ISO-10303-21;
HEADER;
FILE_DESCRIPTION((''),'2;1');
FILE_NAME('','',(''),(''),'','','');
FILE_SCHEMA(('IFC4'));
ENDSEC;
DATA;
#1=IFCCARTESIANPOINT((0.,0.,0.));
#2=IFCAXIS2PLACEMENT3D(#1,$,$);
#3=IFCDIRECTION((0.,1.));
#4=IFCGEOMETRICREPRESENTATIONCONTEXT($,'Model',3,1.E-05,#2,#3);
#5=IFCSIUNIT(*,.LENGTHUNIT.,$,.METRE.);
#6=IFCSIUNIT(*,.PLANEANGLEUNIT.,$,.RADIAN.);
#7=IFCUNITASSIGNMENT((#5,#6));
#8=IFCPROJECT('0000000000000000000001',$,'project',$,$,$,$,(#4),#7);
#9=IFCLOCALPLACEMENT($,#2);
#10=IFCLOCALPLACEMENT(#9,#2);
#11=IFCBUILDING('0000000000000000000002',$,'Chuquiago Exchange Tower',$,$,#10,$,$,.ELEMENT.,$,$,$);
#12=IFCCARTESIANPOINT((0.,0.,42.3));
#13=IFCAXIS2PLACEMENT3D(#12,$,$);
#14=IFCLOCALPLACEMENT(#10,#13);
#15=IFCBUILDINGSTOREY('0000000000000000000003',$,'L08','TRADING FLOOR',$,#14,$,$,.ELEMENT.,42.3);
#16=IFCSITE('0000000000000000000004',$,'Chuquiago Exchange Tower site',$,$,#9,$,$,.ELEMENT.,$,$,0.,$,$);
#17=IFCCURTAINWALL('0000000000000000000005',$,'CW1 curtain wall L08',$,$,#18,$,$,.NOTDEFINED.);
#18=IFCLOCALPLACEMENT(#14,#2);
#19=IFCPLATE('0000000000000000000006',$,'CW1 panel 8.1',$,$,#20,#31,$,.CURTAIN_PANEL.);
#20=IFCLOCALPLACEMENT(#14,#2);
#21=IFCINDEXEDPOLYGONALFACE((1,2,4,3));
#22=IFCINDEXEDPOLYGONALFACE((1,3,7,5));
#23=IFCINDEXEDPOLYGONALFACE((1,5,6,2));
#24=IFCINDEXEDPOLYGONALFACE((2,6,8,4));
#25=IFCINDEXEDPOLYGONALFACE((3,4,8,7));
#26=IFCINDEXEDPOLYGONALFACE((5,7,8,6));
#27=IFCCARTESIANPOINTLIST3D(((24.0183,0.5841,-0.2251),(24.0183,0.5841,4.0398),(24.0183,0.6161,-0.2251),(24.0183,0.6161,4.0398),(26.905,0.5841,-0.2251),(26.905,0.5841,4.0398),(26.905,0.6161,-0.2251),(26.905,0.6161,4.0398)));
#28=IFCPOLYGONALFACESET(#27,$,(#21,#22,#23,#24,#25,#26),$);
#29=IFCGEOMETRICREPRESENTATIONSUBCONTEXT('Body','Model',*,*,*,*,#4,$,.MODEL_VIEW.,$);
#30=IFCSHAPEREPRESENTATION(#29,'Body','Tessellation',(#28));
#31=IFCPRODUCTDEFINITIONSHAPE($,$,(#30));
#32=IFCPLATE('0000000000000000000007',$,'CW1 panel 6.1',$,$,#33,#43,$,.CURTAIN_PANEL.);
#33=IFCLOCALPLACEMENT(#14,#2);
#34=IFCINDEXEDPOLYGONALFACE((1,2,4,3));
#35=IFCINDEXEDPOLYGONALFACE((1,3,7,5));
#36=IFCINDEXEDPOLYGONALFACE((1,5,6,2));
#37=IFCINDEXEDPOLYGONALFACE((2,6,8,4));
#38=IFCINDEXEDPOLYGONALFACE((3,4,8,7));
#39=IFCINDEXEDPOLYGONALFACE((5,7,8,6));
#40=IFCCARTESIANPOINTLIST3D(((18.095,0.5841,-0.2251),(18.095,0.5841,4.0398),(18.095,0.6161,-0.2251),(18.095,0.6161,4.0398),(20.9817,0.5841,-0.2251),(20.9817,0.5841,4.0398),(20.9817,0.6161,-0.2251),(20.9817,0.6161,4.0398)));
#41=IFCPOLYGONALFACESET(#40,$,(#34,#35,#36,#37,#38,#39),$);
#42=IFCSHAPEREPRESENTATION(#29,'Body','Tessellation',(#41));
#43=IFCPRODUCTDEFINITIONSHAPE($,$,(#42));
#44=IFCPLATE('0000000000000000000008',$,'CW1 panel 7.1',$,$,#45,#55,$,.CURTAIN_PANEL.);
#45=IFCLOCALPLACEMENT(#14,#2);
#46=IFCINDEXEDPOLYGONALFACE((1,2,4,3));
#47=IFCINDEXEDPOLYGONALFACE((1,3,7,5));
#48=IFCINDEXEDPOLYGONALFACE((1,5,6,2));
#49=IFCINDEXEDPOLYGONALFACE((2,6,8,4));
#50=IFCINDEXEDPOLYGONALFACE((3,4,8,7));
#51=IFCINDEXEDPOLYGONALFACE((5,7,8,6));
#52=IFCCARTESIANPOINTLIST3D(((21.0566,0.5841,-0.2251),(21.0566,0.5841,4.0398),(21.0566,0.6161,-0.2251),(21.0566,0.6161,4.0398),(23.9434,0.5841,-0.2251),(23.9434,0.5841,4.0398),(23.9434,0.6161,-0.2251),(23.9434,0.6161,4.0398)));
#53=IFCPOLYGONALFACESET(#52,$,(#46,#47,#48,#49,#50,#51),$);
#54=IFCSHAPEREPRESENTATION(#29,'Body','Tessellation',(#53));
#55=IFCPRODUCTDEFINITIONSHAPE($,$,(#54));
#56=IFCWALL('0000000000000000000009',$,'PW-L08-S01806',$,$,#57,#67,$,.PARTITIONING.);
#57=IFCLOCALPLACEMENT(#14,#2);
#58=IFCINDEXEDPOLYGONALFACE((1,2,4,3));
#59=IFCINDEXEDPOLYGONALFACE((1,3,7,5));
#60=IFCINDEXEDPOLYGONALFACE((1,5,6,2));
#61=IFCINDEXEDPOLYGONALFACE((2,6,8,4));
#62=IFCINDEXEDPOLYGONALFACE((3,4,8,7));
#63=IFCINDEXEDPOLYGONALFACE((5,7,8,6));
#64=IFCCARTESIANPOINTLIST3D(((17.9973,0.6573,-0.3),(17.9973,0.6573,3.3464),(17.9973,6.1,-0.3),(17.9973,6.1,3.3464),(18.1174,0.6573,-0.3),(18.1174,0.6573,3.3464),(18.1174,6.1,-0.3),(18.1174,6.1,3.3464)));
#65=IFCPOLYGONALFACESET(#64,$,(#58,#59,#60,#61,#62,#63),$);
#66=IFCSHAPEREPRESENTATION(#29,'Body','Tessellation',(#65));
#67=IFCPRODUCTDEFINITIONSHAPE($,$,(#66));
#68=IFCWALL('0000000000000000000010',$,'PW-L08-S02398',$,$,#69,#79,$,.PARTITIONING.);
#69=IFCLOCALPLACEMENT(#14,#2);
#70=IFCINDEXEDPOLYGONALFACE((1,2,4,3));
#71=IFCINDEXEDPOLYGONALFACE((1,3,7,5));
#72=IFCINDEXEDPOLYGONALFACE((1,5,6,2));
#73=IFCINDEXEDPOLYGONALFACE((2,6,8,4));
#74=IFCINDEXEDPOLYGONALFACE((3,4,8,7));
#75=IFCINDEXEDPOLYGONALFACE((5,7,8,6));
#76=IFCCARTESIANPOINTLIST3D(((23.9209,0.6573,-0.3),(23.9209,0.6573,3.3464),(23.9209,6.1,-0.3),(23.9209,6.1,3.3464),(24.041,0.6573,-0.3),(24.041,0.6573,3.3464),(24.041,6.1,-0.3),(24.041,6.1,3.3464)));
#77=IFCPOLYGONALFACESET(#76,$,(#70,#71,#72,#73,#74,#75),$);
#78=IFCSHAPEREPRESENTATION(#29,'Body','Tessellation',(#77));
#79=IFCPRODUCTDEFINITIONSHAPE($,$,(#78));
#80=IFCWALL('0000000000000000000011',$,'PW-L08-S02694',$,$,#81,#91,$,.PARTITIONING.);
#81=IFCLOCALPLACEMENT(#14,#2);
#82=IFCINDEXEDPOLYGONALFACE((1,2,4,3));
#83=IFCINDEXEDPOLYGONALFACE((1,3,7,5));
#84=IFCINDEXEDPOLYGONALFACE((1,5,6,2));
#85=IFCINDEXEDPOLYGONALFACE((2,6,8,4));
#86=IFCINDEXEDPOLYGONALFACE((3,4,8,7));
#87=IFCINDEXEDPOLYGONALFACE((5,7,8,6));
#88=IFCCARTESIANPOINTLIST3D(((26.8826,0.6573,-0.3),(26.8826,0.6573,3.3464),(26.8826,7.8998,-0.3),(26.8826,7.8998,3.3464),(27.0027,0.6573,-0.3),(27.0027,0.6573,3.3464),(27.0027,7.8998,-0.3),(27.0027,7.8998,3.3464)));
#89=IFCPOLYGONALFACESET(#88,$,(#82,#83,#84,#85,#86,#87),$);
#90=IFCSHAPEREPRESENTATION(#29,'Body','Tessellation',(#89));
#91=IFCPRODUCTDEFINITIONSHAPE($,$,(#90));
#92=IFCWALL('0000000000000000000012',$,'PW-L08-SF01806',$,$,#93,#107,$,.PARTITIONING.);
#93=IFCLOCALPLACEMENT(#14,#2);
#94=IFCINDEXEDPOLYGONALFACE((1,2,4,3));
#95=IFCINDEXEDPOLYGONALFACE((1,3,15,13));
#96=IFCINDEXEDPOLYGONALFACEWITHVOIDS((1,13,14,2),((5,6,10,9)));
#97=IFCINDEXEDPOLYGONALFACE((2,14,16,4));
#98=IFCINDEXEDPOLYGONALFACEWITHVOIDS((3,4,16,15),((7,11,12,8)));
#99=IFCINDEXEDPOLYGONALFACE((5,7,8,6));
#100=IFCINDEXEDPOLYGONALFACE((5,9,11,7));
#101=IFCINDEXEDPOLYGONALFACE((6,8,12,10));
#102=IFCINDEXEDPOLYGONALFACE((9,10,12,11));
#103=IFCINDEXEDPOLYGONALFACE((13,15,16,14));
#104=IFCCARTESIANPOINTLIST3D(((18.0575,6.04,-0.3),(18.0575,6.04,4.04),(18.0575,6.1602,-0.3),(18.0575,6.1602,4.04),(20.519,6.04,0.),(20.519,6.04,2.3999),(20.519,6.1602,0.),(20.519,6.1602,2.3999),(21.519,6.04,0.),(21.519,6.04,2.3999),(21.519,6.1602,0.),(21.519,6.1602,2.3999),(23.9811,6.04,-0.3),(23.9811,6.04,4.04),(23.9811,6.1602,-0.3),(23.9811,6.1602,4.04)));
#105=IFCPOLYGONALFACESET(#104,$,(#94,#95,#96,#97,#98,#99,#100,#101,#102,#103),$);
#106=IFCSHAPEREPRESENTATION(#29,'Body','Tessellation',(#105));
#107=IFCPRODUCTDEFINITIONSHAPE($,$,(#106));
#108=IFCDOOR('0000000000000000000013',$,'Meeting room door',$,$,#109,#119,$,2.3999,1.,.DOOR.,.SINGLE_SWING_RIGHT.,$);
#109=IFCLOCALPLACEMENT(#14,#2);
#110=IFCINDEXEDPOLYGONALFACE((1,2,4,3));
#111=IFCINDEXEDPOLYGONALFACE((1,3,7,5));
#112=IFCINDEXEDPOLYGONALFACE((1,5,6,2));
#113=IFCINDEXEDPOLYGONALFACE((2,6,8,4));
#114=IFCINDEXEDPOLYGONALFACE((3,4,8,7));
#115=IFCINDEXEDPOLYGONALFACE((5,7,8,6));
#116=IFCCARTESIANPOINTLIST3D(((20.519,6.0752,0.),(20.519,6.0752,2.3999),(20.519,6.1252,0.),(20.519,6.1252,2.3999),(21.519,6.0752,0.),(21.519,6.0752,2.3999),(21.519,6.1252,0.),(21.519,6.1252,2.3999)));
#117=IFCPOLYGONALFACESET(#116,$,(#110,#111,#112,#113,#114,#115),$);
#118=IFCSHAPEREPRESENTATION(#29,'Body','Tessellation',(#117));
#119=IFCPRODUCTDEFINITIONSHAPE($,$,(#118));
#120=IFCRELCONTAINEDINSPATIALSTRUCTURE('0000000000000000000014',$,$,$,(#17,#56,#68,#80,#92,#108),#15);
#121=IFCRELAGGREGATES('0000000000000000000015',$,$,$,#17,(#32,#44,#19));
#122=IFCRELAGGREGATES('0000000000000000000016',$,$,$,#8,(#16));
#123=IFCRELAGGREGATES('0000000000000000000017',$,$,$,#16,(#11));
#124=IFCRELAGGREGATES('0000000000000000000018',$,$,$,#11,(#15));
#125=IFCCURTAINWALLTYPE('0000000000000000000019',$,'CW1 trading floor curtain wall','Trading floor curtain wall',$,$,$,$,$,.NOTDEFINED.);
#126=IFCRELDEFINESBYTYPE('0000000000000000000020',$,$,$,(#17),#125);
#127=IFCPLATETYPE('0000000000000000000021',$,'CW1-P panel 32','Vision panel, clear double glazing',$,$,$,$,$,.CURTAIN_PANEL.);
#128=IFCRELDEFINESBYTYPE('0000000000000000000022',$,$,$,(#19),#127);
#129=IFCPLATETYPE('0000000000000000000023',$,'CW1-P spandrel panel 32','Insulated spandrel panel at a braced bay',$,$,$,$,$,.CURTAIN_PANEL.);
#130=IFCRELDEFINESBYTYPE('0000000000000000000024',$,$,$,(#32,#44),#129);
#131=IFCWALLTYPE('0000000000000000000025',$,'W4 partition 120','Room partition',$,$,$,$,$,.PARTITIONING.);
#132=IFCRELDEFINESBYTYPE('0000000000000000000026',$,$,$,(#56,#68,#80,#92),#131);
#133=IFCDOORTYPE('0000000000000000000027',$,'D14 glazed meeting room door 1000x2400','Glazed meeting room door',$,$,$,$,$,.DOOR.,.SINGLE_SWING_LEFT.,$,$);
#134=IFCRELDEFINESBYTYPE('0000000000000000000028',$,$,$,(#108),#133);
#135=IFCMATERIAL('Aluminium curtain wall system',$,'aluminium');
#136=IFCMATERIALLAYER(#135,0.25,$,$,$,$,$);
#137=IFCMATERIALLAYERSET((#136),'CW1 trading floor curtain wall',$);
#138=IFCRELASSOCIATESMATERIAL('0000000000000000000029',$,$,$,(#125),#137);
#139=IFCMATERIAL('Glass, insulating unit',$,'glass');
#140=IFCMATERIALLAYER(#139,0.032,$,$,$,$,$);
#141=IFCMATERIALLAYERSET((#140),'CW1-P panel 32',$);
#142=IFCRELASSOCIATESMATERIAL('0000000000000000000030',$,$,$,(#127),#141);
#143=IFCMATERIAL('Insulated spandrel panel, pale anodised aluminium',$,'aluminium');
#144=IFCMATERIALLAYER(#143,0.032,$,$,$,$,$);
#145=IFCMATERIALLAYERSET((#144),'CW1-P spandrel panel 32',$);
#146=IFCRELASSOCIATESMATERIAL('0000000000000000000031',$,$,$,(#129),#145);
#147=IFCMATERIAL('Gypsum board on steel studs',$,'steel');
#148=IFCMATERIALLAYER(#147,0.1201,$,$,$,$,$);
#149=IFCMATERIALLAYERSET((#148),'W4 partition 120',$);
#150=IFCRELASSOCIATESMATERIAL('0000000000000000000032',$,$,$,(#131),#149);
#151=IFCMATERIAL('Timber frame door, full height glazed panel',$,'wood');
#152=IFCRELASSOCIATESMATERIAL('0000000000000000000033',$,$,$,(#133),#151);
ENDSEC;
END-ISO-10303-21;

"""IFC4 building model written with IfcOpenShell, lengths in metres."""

from ifc_helpers import new_model, si_unit, direction, frame, frame_2d, origin, origin_2d, place, context, subcontext, project, spatial, rectangle, extrude, material, layer, layer_set, type_object, element, fill, aggregate, save


model = new_model("IFC4")

# Units and contexts
model_context = context("Model", 3, precision=1e-05, world=origin(), true_north=direction((0.0, 1.0)))
body_context = subcontext(model_context, "Body", "Model", "MODEL_VIEW")
ifc_project = project(units=[si_unit("LENGTHUNIT", "METRE"), si_unit("PLANEANGLEUNIT", "RADIAN")], contexts=[model_context])

# Site, building, storey
site_placement = place(None, origin())
site = spatial("IfcSite", under=ifc_project, at=site_placement, Name="Chuquiago Exchange Tower site", CompositionType="ELEMENT", RefElevation=0.0)
building_placement = place(site_placement, origin())
building = spatial("IfcBuilding", under=site, at=building_placement, Name="Chuquiago Exchange Tower", CompositionType="ELEMENT")
storey_placement = place(building_placement, frame((0.0, 0.0, 42.3)))
storey = spatial("IfcBuildingStorey", under=building, at=storey_placement, Name="L08", Description="TRADING FLOOR", CompositionType="ELEMENT", Elevation=42.3)

# Curtain wall
ifc_material_1 = material(Name="Aluminium curtain wall system", Category="aluminium")
ifc_layer_1 = layer(ifc_material_1, 0.25)
ifc_layer_set_1 = layer_set([ifc_layer_1], Name="CW1 trading floor curtain wall")
curtain_wall_type = type_object("IfcCurtainWallType", Name="CW1 trading floor curtain wall", Description="Trading floor curtain wall", PredefinedType="NOTDEFINED", material=ifc_layer_set_1)
curtain_wall_placement = place(storey_placement, origin())
curtain_wall = element("IfcCurtainWall", 1, at=curtain_wall_placement, inside=storey, type_object=curtain_wall_type, Name="CW1 curtain wall L08", PredefinedType="NOTDEFINED")

# Plates
ifc_material_2 = material(Name="Glass, insulating unit", Category="glass")
ifc_layer_2 = layer(ifc_material_2, 0.032)
ifc_layer_set_2 = layer_set([ifc_layer_2], Name="CW1-P panel 32")
plate_type_1 = type_object("IfcPlateType", Name="CW1-P panel 32", Description="Vision panel, clear double glazing", PredefinedType="CURTAIN_PANEL", material=ifc_layer_set_2)
plate_1_placement = place(storey_placement, frame((25.4617, 0.6001, -0.2251), z_axis=(0.0, 0.0, 1.0), x_axis=(1.0, 0.0, 0.0)))
plate_1 = element("IfcPlate", 2, at=plate_1_placement, type_object=plate_type_1, Name="CW1 panel 8.1", PredefinedType="CURTAIN_PANEL", context=body_context, shape_type="SweptSolid", body=[
    extrude(rectangle(XDim=2.8867, YDim=0.032, at=origin_2d()), origin(), (0.0, 0.0, 1.0), 4.2649),
])
ifc_material_3 = material(Name="Insulated spandrel panel, pale anodised aluminium", Category="aluminium")
ifc_layer_3 = layer(ifc_material_3, 0.032)
ifc_layer_set_3 = layer_set([ifc_layer_3], Name="CW1-P spandrel panel 32")
plate_type_2 = type_object("IfcPlateType", Name="CW1-P spandrel panel 32", Description="Insulated spandrel panel at a braced bay", PredefinedType="CURTAIN_PANEL", material=ifc_layer_set_3)
plate_2_placement = place(storey_placement, frame((19.5383, 0.6001, -0.2251), z_axis=(0.0, 0.0, 1.0), x_axis=(1.0, 0.0, 0.0)))
plate_2 = element("IfcPlate", 3, at=plate_2_placement, type_object=plate_type_2, Name="CW1 panel 6.1", PredefinedType="CURTAIN_PANEL", context=body_context, shape_type="SweptSolid", body=[
    extrude(rectangle(XDim=2.8867, YDim=0.032, at=origin_2d()), origin(), (0.0, 0.0, 1.0), 4.2649),
])
plate_3_placement = place(storey_placement, frame((22.5, 0.6001, -0.2251), z_axis=(0.0, 0.0, 1.0), x_axis=(1.0, 0.0, 0.0)))
plate_3 = element("IfcPlate", 4, at=plate_3_placement, type_object=plate_type_2, Name="CW1 panel 7.1", PredefinedType="CURTAIN_PANEL", context=body_context, shape_type="SweptSolid", body=[
    extrude(rectangle(XDim=2.8867, YDim=0.032, at=origin_2d()), origin(), (0.0, 0.0, 1.0), 4.2649),
])
aggregate(curtain_wall, [plate_2, plate_3, plate_1])

# Walls
ifc_material_4 = material(Name="Gypsum board on steel studs", Category="steel")
ifc_layer_4 = layer(ifc_material_4, 0.1201)
ifc_layer_set_4 = layer_set([ifc_layer_4], Name="W4 partition 120")
wall_type = type_object("IfcWallType", Name="W4 partition 120", Description="Room partition", PredefinedType="PARTITIONING", material=ifc_layer_set_4)
for number, where, z_axis, x_axis, name in (
    (5, (18.0574, 0.6575, -0.3), (0.0, 0.0, 1.0), (0.0, 1.0, 0.0), "PW-L08-S01806"),
    (6, (23.981, 0.6575, -0.3), (0.0, 0.0, 1.0), (0.0, 1.0, 0.0), "PW-L08-S02398"),
):
    element("IfcWall", number, at=place(storey_placement, frame(where, z_axis=z_axis, x_axis=x_axis)), inside=storey, type_object=wall_type, Name=name, PredefinedType="PARTITIONING", context=body_context, shape_type="SweptSolid", body=[
        extrude(rectangle(XDim=5.4426, YDim=0.1201, at=frame_2d((2.7212, 0.0))), origin(), (0.0, 0.0, 1.0), 3.6465),
    ])
wall_1_placement = place(storey_placement, frame((26.9426, 0.6575, -0.3), z_axis=(0.0, 0.0, 1.0), x_axis=(0.0, 1.0, 0.0)))
element("IfcWall", 7, at=wall_1_placement, inside=storey, type_object=wall_type, Name="PW-L08-S02694", PredefinedType="PARTITIONING", context=body_context, shape_type="SweptSolid", body=[
    extrude(rectangle(XDim=7.2424, YDim=0.1201, at=frame_2d((3.6211, 0.0))), origin(), (0.0, 0.0, 1.0), 3.6465),
])

# Wall, opening, door
wall_2_placement = place(storey_placement, frame((18.0574, 6.1001, -0.3), z_axis=(0.0, 0.0, 1.0), x_axis=(1.0, 0.0, 0.0)))
wall_2 = element("IfcWall", 8, at=wall_2_placement, inside=storey, type_object=wall_type, Name="PW-L08-SF01806", PredefinedType="PARTITIONING", context=body_context, shape_type="SweptSolid", body=[
    extrude(rectangle(XDim=5.9236, YDim=0.1201, at=frame_2d((2.9619, 0.0))), origin(), (0.0, 0.0, 1.0), 4.3401),
])
opening_placement = place(wall_2_placement, frame((2.4617, 0.0, 0.3)))
opening = element("IfcOpeningElement", 9, at=opening_placement, cuts=wall_2, PredefinedType="OPENING", context=body_context, shape_type="SweptSolid", body=[
    extrude(rectangle(XDim=1.0, YDim=2.3999, at=frame_2d((0.5, 1.2))), frame((0.0, 0.0701, 0.0), z_axis=(0.0, -1.0, 0.0), x_axis=(1.0, 0.0, 0.0)), (0.0, 0.0, 1.0), 0.1401),
])
ifc_material_5 = material(Name="Timber frame door, full height glazed panel", Category="wood")
door_type = type_object("IfcDoorType", Name="D14 glazed meeting room door 1000x2400", Description="Glazed meeting room door", OperationType="SINGLE_SWING_LEFT", PredefinedType="DOOR", material=ifc_material_5)
door_placement = place(opening_placement, frame((1.0, 0.0, 0.0), z_axis=(0.0, 0.0, 1.0), x_axis=(-1.0, 0.0, 0.0)))
door = element("IfcDoor", 10, at=door_placement, inside=storey, type_object=door_type, Name="Meeting room door", OperationType="SINGLE_SWING_RIGHT", OverallHeight=2.3999, OverallWidth=1.0, PredefinedType="DOOR", context=body_context, shape_type="SweptSolid", body=[
    extrude(rectangle(XDim=1.0, YDim=2.3999, at=frame_2d((0.5, 1.2))), frame((0.0, 0.0249, 0.0), z_axis=(0.0, -1.0, 0.0), x_axis=(1.0, 0.0, 0.0)), (0.0, 0.0, 1.0), 0.05),
])
fill(opening, door)

save(model, "model.ifc")
